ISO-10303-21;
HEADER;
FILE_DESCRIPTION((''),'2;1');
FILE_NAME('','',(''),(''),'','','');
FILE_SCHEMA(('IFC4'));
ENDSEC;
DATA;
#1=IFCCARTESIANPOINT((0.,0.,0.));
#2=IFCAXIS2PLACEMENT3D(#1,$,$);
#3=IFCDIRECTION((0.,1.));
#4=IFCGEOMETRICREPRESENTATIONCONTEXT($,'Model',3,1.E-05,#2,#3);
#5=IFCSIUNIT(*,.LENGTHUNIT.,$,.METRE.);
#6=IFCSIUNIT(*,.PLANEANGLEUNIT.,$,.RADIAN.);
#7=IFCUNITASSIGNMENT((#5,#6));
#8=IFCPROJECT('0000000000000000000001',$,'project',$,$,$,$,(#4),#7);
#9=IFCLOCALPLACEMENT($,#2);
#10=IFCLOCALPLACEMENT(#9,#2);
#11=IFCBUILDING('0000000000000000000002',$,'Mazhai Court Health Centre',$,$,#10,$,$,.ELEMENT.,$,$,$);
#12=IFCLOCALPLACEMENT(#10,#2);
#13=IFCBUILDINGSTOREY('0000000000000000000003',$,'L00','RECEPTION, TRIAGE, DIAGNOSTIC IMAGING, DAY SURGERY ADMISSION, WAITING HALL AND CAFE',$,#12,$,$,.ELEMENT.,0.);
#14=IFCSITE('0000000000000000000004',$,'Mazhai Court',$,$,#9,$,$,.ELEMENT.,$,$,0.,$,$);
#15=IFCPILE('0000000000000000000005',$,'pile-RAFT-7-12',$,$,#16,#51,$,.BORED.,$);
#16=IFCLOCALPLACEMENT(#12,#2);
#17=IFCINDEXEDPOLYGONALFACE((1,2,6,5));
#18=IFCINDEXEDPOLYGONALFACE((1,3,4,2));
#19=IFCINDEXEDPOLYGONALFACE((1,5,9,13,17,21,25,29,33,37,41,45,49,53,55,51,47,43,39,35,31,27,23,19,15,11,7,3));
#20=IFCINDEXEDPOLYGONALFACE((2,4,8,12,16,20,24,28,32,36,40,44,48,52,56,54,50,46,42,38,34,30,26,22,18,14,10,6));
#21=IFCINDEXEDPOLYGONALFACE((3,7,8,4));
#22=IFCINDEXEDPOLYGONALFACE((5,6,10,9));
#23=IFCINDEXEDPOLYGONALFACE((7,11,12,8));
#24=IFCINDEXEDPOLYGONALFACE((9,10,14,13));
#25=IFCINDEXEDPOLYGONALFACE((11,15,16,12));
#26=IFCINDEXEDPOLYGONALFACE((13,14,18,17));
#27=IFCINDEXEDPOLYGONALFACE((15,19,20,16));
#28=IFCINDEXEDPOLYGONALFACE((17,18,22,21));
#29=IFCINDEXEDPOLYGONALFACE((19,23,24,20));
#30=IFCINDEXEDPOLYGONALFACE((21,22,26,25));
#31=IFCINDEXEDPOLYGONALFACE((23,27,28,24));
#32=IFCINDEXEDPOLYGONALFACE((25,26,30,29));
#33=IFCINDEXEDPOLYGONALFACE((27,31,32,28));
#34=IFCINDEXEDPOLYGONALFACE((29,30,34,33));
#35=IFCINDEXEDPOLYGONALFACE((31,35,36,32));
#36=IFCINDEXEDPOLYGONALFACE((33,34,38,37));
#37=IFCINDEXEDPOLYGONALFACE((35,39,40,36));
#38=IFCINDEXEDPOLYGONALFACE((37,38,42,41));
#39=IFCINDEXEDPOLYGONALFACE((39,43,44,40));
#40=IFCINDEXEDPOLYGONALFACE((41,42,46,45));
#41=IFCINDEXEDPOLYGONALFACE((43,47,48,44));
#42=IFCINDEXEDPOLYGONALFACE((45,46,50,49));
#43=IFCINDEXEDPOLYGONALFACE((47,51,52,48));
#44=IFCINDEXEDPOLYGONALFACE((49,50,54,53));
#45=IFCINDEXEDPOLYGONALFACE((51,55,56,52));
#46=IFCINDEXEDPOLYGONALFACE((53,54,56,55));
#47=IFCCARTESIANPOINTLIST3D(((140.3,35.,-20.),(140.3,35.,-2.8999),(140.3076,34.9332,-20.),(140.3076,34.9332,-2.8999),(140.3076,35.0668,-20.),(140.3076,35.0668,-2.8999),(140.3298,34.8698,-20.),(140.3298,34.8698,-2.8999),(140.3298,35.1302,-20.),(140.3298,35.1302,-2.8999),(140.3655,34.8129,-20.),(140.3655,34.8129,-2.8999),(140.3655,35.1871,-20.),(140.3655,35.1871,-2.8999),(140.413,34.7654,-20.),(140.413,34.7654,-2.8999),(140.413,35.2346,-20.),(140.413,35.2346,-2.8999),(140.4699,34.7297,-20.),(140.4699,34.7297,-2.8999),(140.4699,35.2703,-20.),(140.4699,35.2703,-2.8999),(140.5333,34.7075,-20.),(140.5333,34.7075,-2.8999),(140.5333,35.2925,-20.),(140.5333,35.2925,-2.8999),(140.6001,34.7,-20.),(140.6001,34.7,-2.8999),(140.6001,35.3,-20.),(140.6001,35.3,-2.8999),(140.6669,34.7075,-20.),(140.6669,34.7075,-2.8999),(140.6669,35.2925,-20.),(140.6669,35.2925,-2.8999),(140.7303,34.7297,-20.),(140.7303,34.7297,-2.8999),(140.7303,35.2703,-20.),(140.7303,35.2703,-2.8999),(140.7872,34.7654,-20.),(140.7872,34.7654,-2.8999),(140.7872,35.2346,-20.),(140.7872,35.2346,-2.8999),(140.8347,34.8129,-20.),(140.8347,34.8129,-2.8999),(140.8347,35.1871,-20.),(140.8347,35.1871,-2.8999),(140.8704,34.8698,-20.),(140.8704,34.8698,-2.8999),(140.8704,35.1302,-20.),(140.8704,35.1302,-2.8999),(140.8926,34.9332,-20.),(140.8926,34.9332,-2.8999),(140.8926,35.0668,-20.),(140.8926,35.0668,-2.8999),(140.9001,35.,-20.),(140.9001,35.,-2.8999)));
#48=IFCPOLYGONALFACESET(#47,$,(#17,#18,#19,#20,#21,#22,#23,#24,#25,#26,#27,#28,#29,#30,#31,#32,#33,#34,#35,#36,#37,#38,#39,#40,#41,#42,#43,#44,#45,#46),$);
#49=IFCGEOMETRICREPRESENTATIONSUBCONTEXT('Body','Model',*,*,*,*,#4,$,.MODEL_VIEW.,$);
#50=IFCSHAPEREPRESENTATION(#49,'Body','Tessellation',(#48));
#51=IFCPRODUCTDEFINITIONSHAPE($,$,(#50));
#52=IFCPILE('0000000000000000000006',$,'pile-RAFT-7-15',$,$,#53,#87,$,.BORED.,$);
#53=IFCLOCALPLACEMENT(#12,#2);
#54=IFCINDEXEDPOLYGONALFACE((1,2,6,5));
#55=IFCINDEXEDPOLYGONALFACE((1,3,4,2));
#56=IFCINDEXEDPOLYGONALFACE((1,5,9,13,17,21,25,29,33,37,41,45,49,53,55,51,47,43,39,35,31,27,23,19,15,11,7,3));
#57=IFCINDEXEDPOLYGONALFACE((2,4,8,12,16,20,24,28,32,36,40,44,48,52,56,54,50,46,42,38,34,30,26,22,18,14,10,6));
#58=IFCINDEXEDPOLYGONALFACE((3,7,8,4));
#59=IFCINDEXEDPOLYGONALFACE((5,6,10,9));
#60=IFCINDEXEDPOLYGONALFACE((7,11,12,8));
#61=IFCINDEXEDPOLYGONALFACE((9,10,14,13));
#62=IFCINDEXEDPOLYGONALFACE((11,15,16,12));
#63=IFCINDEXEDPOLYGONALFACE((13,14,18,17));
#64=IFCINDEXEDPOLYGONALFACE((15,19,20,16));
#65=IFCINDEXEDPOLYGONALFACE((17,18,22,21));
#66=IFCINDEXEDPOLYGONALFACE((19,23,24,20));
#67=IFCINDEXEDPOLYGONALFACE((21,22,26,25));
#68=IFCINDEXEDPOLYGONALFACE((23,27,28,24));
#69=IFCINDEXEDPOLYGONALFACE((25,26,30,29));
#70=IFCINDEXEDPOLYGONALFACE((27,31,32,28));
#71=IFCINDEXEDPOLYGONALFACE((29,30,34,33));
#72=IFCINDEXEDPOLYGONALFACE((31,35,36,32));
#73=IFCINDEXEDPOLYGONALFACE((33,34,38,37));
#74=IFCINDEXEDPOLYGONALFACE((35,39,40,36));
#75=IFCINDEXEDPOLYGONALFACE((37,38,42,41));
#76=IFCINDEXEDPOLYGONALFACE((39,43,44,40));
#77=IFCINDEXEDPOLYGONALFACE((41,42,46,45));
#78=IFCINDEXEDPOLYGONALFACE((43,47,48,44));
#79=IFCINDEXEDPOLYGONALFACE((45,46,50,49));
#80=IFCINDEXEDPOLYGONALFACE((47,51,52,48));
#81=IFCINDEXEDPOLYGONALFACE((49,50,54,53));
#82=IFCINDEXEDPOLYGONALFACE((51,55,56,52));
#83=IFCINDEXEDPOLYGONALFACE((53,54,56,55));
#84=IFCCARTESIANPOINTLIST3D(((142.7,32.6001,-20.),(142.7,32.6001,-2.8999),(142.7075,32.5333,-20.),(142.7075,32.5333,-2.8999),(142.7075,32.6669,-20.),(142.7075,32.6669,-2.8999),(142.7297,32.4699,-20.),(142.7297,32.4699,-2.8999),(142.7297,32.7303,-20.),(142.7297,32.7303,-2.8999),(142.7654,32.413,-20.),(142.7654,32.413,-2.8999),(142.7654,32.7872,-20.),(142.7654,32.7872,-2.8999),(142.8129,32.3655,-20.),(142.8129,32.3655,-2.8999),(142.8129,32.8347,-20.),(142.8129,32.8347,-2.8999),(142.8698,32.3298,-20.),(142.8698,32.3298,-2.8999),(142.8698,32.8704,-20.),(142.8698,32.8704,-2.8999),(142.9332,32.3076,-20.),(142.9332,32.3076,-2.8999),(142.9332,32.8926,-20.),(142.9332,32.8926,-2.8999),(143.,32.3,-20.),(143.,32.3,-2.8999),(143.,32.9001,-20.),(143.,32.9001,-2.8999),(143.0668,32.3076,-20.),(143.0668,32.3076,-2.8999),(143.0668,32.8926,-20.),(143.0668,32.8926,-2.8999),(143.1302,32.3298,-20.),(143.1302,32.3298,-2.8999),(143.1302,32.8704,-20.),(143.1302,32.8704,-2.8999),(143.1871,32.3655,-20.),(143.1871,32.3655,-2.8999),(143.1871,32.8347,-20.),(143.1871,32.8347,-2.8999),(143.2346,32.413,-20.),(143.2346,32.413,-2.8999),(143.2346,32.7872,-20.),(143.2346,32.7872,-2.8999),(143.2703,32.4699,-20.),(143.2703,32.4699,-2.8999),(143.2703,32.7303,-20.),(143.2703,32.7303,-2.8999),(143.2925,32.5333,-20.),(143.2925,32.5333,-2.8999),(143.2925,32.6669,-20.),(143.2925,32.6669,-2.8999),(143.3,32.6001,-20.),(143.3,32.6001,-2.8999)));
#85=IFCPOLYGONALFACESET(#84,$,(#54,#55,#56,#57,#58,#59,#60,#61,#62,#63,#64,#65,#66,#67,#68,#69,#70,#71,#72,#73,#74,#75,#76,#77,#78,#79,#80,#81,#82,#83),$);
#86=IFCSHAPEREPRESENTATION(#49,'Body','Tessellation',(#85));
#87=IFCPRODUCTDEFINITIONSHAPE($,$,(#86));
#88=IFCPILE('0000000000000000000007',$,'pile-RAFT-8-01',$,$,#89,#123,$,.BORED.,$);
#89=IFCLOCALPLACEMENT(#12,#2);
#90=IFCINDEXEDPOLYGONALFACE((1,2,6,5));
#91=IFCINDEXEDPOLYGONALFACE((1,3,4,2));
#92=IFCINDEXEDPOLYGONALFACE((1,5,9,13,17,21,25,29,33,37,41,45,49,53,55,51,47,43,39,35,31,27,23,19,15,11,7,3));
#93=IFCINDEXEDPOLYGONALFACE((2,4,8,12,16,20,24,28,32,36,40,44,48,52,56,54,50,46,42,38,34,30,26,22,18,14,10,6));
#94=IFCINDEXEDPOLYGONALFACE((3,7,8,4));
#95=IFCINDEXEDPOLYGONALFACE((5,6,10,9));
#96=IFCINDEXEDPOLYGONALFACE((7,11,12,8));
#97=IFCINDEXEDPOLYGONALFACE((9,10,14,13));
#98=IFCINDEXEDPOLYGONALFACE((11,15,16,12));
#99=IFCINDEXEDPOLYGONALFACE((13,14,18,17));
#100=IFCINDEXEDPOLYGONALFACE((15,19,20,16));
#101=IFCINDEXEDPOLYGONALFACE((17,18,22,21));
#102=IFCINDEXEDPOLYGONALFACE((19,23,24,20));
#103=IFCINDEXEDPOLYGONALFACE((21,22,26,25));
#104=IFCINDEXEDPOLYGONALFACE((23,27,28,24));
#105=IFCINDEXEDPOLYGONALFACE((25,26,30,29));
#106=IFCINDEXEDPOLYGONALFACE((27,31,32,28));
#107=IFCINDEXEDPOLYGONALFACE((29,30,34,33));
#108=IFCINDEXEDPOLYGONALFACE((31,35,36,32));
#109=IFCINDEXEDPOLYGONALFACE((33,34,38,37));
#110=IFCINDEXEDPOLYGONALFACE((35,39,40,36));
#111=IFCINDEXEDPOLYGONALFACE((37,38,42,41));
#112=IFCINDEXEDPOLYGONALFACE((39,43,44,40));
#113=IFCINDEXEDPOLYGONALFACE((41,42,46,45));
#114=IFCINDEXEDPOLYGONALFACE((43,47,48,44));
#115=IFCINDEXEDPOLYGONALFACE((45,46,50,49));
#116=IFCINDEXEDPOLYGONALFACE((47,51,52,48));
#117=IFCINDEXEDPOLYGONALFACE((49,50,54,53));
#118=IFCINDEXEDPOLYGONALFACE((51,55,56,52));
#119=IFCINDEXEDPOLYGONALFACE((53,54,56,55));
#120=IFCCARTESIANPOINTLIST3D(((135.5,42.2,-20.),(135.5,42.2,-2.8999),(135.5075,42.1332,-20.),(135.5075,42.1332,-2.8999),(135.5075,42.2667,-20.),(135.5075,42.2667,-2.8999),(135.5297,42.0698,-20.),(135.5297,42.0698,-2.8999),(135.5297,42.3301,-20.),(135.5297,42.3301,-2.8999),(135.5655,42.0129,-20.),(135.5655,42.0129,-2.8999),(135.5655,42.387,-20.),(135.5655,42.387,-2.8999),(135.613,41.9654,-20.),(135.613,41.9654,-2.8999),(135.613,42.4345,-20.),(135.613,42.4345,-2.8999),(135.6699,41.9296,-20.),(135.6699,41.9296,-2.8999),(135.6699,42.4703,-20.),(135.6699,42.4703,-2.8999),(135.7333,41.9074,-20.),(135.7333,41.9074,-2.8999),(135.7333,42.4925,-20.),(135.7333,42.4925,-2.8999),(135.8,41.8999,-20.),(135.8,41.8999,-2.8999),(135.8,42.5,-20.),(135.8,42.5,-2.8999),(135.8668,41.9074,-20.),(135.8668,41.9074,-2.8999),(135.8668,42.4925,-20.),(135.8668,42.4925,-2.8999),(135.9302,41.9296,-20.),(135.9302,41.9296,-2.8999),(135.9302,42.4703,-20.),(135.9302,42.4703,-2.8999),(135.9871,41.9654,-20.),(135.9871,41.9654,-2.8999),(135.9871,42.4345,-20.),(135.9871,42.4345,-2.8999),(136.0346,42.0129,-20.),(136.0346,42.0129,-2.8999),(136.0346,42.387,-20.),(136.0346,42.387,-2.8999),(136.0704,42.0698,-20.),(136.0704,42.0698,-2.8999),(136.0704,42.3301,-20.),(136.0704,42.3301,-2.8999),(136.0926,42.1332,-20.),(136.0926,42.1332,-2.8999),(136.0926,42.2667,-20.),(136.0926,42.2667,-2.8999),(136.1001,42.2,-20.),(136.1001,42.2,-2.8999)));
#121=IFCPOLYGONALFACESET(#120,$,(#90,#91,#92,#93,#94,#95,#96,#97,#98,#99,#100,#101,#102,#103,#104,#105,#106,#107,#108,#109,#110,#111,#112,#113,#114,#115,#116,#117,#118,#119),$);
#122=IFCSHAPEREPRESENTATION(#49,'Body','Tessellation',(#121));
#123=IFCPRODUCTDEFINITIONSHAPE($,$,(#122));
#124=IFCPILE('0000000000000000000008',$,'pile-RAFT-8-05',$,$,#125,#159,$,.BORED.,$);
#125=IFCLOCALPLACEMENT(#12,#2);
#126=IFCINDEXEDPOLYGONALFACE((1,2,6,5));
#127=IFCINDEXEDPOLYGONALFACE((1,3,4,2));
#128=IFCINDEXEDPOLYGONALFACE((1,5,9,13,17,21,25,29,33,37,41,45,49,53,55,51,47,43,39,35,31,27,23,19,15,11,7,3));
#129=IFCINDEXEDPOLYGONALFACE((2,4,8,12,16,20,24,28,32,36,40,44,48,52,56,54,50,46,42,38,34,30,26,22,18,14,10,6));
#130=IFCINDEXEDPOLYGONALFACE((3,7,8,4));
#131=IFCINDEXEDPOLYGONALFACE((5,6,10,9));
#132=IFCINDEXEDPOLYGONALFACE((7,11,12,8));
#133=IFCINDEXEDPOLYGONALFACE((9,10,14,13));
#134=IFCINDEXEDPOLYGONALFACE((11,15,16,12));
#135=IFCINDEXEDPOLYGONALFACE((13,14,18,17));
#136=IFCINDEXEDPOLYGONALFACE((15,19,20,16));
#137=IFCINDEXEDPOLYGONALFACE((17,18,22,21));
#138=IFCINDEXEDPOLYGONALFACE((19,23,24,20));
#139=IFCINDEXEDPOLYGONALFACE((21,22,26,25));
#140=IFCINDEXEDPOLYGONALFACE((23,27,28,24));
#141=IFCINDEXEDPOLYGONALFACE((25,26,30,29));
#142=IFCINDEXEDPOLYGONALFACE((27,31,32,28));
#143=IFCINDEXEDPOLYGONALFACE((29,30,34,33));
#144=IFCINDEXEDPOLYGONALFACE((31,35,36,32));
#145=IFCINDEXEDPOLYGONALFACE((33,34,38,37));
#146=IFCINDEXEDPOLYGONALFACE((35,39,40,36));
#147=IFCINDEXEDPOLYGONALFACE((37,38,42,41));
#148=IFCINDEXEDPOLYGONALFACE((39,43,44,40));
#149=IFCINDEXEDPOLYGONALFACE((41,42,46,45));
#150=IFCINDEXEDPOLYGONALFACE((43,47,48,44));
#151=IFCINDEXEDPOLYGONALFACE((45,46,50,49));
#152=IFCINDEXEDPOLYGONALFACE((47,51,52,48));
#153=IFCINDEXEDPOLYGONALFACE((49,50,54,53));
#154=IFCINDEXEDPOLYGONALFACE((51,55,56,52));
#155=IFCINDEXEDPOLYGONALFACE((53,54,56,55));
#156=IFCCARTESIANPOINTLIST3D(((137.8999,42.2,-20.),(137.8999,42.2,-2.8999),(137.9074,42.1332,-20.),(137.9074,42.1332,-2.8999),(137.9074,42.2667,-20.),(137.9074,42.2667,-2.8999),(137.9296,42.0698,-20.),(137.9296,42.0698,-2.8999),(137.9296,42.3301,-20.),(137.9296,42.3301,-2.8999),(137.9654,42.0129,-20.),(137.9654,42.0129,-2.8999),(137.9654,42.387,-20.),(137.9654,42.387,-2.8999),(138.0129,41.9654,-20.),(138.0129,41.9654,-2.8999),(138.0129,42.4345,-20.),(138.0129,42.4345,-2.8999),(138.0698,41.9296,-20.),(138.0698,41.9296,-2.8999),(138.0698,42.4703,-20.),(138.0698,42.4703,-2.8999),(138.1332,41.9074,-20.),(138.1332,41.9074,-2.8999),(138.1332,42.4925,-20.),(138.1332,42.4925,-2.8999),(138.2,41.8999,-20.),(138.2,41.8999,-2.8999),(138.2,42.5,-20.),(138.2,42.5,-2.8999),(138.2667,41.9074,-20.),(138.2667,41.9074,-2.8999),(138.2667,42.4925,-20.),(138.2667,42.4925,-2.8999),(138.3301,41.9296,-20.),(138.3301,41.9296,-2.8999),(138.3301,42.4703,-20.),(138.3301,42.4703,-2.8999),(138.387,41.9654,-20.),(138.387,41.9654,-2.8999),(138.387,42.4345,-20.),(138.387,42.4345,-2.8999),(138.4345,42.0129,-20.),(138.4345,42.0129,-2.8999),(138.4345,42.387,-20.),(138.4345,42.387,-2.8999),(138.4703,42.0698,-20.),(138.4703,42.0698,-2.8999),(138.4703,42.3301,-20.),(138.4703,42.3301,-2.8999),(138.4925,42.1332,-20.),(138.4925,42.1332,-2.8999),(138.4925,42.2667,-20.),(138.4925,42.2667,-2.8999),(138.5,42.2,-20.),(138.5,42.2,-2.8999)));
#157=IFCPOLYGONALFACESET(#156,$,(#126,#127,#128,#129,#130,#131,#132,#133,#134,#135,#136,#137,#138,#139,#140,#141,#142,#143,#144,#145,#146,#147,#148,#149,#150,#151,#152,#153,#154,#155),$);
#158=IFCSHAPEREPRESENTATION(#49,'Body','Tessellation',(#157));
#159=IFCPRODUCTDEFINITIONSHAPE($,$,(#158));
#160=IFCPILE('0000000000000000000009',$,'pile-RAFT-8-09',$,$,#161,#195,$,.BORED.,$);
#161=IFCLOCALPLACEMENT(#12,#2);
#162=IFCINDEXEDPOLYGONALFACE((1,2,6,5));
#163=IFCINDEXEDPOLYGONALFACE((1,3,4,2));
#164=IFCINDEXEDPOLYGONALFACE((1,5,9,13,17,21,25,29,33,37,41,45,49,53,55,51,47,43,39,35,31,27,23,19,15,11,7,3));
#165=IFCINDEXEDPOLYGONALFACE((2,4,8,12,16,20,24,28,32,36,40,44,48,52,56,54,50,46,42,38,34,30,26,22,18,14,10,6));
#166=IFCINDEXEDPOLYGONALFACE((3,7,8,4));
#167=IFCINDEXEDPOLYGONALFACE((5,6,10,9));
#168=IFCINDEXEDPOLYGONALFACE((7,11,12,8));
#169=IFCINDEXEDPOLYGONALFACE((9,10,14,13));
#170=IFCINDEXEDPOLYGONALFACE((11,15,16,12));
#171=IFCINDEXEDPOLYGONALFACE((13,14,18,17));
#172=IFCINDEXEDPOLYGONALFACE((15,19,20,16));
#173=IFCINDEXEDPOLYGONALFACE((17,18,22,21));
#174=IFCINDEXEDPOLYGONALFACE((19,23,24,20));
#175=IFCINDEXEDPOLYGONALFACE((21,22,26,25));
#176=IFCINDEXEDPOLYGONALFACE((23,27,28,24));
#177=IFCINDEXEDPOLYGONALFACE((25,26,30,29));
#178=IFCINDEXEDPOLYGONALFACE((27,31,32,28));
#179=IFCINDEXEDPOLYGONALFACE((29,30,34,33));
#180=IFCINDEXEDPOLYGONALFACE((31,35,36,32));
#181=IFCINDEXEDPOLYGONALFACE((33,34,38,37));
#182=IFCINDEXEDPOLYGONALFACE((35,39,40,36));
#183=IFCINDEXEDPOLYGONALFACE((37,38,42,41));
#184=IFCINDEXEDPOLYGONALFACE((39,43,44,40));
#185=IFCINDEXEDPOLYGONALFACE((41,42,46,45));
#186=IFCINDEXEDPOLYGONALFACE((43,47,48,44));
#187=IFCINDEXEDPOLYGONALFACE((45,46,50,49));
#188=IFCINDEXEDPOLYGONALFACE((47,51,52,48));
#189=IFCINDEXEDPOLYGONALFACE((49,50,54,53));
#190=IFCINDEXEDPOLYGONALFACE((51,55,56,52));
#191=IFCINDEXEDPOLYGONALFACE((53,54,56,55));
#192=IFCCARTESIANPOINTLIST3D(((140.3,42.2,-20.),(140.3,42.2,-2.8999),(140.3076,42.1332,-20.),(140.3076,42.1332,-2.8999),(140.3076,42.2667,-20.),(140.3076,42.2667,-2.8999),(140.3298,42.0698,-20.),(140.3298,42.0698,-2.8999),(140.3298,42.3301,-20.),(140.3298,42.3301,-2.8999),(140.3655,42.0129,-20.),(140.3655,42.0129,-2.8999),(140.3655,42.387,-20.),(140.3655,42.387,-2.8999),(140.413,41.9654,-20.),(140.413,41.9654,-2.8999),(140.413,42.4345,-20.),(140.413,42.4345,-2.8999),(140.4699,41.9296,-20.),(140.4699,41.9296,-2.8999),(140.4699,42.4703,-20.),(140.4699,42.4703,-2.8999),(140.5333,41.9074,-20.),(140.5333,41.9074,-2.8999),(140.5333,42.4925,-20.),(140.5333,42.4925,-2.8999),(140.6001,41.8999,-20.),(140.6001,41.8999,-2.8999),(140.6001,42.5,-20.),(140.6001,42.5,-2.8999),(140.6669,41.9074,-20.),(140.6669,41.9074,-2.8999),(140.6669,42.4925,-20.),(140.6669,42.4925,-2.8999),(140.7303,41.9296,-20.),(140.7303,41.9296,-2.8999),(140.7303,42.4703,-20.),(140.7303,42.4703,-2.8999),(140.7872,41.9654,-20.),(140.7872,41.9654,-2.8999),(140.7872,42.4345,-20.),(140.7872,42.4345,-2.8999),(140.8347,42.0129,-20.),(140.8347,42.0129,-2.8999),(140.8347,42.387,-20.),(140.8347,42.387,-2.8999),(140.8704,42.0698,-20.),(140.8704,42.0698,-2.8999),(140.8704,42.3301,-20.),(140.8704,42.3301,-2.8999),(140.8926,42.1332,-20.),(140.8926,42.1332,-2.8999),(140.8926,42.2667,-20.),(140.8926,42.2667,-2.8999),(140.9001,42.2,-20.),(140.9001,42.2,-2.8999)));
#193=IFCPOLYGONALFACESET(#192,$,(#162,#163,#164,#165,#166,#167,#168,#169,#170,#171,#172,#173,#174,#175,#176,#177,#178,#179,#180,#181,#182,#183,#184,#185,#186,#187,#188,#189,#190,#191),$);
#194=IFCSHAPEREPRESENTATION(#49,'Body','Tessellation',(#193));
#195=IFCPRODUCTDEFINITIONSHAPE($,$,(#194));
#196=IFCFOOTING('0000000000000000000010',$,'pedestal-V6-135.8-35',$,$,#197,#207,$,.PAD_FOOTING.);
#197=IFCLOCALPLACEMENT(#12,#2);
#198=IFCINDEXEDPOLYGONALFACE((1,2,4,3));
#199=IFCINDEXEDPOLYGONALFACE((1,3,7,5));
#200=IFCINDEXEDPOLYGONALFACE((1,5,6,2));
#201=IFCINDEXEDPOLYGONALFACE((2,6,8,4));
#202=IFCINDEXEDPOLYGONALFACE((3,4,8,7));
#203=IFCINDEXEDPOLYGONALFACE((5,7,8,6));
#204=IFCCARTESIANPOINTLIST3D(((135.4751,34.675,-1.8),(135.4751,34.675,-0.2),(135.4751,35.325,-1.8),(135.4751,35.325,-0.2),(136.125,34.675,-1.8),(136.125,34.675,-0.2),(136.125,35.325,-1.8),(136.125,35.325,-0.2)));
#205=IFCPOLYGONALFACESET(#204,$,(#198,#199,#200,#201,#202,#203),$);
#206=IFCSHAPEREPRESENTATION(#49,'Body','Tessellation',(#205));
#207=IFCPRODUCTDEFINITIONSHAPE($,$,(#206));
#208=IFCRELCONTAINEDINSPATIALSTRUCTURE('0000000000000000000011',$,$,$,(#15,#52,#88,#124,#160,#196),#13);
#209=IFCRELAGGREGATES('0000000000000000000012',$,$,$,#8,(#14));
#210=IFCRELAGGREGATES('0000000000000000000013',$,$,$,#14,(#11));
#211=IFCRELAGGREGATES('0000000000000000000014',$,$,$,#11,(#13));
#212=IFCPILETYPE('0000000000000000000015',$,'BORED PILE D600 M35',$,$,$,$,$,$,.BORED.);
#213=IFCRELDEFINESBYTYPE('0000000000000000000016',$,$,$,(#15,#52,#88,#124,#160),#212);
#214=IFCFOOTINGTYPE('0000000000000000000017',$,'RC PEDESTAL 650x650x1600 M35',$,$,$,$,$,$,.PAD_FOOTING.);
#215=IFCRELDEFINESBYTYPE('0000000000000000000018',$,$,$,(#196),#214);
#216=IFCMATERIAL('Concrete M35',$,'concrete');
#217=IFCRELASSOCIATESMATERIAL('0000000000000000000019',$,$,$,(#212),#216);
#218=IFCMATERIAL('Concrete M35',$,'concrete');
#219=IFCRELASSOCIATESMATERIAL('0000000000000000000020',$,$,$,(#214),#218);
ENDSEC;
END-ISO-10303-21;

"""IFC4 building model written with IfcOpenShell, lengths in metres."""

from ifc_helpers import new_model, si_unit, direction, frame, origin, origin_2d, place, context, subcontext, project, spatial, rectangle, circle, extrude, material, material_profile, profile_set, type_object, element, save


model = new_model("IFC4")

# Units and contexts
model_context = context("Model", 3, precision=1e-05, world=origin(), true_north=direction((0.0, 1.0)))
body_context = subcontext(model_context, "Body", "Model", "MODEL_VIEW")
ifc_project = project(units=[si_unit("LENGTHUNIT", "METRE"), si_unit("PLANEANGLEUNIT", "RADIAN")], contexts=[model_context])

# Site, building, storey
site_placement = place(None, origin())
site = spatial("IfcSite", under=ifc_project, at=site_placement, Name="Mazhai Court", CompositionType="ELEMENT", RefElevation=0.0)
building_placement = place(site_placement, origin())
building = spatial("IfcBuilding", under=site, at=building_placement, Name="Mazhai Court Health Centre", CompositionType="ELEMENT")
storey_placement = place(building_placement, origin())
storey = spatial("IfcBuildingStorey", under=building, at=storey_placement, Name="L00", Description="RECEPTION, TRIAGE, DIAGNOSTIC IMAGING, DAY SURGERY ADMISSION, WAITING HALL AND CAFE", CompositionType="ELEMENT", Elevation=0.0)

# Piles
ifc_material_1 = material(Name="Concrete M35", Category="concrete")
ifc_material_profile_1 = material_profile(ifc_material_1, circle(Radius=0.3, at=origin_2d()), Name="RC PILE D600")
ifc_profile_set_1 = profile_set([ifc_material_profile_1], Name="Concrete M35")
pile_type = type_object("IfcPileType", Name="BORED PILE D600 M35", PredefinedType="BORED", material=ifc_profile_set_1)
for number, where, z_axis, x_axis, name in (
    (1, (140.6001, 35.0, -2.8999), (0.0, 0.0, -1.0), (1.0, 0.0, 0.0), "pile-RAFT-7-12"),
    (2, (143.0, 32.6001, -2.8999), (0.0, 0.0, -1.0), (1.0, 0.0, 0.0), "pile-RAFT-7-15"),
    (3, (135.8, 42.2, -2.8999), (0.0, 0.0, -1.0), (1.0, 0.0, 0.0), "pile-RAFT-8-01"),
    (4, (138.2, 42.2, -2.8999), (0.0, 0.0, -1.0), (1.0, 0.0, 0.0), "pile-RAFT-8-05"),
    (5, (140.6001, 42.2, -2.8999), (0.0, 0.0, -1.0), (1.0, 0.0, 0.0), "pile-RAFT-8-09"),
):
    element("IfcPile", number, at=place(storey_placement, frame(where, z_axis=z_axis, x_axis=x_axis)), inside=storey, type_object=pile_type, Name=name, PredefinedType="BORED", context=body_context, shape_type="SweptSolid", body=[
        extrude(circle(Radius=0.3, at=origin_2d()), origin(), (0.0, 0.0, 1.0), 17.1001),
    ])

# Footing
ifc_material_2 = material(Name="Concrete M35", Category="concrete")
footing_type = type_object("IfcFootingType", Name="RC PEDESTAL 650x650x1600 M35", PredefinedType="PAD_FOOTING", material=ifc_material_2)
for number, where, z_axis, x_axis, name in (
    (6, (135.8, 35.0, -1.8), (0.0, 0.0, 1.0), (1.0, 0.0, 0.0), "pedestal-V6-135.8-35"),
):
    element("IfcFooting", number, at=place(storey_placement, frame(where, z_axis=z_axis, x_axis=x_axis)), inside=storey, type_object=footing_type, Name=name, PredefinedType="PAD_FOOTING", context=body_context, shape_type="SweptSolid", body=[
        extrude(rectangle(XDim=0.6499, YDim=0.6499, at=origin_2d()), origin(), (0.0, 0.0, 1.0), 1.6001),
    ])

save(model, "model.ifc")
